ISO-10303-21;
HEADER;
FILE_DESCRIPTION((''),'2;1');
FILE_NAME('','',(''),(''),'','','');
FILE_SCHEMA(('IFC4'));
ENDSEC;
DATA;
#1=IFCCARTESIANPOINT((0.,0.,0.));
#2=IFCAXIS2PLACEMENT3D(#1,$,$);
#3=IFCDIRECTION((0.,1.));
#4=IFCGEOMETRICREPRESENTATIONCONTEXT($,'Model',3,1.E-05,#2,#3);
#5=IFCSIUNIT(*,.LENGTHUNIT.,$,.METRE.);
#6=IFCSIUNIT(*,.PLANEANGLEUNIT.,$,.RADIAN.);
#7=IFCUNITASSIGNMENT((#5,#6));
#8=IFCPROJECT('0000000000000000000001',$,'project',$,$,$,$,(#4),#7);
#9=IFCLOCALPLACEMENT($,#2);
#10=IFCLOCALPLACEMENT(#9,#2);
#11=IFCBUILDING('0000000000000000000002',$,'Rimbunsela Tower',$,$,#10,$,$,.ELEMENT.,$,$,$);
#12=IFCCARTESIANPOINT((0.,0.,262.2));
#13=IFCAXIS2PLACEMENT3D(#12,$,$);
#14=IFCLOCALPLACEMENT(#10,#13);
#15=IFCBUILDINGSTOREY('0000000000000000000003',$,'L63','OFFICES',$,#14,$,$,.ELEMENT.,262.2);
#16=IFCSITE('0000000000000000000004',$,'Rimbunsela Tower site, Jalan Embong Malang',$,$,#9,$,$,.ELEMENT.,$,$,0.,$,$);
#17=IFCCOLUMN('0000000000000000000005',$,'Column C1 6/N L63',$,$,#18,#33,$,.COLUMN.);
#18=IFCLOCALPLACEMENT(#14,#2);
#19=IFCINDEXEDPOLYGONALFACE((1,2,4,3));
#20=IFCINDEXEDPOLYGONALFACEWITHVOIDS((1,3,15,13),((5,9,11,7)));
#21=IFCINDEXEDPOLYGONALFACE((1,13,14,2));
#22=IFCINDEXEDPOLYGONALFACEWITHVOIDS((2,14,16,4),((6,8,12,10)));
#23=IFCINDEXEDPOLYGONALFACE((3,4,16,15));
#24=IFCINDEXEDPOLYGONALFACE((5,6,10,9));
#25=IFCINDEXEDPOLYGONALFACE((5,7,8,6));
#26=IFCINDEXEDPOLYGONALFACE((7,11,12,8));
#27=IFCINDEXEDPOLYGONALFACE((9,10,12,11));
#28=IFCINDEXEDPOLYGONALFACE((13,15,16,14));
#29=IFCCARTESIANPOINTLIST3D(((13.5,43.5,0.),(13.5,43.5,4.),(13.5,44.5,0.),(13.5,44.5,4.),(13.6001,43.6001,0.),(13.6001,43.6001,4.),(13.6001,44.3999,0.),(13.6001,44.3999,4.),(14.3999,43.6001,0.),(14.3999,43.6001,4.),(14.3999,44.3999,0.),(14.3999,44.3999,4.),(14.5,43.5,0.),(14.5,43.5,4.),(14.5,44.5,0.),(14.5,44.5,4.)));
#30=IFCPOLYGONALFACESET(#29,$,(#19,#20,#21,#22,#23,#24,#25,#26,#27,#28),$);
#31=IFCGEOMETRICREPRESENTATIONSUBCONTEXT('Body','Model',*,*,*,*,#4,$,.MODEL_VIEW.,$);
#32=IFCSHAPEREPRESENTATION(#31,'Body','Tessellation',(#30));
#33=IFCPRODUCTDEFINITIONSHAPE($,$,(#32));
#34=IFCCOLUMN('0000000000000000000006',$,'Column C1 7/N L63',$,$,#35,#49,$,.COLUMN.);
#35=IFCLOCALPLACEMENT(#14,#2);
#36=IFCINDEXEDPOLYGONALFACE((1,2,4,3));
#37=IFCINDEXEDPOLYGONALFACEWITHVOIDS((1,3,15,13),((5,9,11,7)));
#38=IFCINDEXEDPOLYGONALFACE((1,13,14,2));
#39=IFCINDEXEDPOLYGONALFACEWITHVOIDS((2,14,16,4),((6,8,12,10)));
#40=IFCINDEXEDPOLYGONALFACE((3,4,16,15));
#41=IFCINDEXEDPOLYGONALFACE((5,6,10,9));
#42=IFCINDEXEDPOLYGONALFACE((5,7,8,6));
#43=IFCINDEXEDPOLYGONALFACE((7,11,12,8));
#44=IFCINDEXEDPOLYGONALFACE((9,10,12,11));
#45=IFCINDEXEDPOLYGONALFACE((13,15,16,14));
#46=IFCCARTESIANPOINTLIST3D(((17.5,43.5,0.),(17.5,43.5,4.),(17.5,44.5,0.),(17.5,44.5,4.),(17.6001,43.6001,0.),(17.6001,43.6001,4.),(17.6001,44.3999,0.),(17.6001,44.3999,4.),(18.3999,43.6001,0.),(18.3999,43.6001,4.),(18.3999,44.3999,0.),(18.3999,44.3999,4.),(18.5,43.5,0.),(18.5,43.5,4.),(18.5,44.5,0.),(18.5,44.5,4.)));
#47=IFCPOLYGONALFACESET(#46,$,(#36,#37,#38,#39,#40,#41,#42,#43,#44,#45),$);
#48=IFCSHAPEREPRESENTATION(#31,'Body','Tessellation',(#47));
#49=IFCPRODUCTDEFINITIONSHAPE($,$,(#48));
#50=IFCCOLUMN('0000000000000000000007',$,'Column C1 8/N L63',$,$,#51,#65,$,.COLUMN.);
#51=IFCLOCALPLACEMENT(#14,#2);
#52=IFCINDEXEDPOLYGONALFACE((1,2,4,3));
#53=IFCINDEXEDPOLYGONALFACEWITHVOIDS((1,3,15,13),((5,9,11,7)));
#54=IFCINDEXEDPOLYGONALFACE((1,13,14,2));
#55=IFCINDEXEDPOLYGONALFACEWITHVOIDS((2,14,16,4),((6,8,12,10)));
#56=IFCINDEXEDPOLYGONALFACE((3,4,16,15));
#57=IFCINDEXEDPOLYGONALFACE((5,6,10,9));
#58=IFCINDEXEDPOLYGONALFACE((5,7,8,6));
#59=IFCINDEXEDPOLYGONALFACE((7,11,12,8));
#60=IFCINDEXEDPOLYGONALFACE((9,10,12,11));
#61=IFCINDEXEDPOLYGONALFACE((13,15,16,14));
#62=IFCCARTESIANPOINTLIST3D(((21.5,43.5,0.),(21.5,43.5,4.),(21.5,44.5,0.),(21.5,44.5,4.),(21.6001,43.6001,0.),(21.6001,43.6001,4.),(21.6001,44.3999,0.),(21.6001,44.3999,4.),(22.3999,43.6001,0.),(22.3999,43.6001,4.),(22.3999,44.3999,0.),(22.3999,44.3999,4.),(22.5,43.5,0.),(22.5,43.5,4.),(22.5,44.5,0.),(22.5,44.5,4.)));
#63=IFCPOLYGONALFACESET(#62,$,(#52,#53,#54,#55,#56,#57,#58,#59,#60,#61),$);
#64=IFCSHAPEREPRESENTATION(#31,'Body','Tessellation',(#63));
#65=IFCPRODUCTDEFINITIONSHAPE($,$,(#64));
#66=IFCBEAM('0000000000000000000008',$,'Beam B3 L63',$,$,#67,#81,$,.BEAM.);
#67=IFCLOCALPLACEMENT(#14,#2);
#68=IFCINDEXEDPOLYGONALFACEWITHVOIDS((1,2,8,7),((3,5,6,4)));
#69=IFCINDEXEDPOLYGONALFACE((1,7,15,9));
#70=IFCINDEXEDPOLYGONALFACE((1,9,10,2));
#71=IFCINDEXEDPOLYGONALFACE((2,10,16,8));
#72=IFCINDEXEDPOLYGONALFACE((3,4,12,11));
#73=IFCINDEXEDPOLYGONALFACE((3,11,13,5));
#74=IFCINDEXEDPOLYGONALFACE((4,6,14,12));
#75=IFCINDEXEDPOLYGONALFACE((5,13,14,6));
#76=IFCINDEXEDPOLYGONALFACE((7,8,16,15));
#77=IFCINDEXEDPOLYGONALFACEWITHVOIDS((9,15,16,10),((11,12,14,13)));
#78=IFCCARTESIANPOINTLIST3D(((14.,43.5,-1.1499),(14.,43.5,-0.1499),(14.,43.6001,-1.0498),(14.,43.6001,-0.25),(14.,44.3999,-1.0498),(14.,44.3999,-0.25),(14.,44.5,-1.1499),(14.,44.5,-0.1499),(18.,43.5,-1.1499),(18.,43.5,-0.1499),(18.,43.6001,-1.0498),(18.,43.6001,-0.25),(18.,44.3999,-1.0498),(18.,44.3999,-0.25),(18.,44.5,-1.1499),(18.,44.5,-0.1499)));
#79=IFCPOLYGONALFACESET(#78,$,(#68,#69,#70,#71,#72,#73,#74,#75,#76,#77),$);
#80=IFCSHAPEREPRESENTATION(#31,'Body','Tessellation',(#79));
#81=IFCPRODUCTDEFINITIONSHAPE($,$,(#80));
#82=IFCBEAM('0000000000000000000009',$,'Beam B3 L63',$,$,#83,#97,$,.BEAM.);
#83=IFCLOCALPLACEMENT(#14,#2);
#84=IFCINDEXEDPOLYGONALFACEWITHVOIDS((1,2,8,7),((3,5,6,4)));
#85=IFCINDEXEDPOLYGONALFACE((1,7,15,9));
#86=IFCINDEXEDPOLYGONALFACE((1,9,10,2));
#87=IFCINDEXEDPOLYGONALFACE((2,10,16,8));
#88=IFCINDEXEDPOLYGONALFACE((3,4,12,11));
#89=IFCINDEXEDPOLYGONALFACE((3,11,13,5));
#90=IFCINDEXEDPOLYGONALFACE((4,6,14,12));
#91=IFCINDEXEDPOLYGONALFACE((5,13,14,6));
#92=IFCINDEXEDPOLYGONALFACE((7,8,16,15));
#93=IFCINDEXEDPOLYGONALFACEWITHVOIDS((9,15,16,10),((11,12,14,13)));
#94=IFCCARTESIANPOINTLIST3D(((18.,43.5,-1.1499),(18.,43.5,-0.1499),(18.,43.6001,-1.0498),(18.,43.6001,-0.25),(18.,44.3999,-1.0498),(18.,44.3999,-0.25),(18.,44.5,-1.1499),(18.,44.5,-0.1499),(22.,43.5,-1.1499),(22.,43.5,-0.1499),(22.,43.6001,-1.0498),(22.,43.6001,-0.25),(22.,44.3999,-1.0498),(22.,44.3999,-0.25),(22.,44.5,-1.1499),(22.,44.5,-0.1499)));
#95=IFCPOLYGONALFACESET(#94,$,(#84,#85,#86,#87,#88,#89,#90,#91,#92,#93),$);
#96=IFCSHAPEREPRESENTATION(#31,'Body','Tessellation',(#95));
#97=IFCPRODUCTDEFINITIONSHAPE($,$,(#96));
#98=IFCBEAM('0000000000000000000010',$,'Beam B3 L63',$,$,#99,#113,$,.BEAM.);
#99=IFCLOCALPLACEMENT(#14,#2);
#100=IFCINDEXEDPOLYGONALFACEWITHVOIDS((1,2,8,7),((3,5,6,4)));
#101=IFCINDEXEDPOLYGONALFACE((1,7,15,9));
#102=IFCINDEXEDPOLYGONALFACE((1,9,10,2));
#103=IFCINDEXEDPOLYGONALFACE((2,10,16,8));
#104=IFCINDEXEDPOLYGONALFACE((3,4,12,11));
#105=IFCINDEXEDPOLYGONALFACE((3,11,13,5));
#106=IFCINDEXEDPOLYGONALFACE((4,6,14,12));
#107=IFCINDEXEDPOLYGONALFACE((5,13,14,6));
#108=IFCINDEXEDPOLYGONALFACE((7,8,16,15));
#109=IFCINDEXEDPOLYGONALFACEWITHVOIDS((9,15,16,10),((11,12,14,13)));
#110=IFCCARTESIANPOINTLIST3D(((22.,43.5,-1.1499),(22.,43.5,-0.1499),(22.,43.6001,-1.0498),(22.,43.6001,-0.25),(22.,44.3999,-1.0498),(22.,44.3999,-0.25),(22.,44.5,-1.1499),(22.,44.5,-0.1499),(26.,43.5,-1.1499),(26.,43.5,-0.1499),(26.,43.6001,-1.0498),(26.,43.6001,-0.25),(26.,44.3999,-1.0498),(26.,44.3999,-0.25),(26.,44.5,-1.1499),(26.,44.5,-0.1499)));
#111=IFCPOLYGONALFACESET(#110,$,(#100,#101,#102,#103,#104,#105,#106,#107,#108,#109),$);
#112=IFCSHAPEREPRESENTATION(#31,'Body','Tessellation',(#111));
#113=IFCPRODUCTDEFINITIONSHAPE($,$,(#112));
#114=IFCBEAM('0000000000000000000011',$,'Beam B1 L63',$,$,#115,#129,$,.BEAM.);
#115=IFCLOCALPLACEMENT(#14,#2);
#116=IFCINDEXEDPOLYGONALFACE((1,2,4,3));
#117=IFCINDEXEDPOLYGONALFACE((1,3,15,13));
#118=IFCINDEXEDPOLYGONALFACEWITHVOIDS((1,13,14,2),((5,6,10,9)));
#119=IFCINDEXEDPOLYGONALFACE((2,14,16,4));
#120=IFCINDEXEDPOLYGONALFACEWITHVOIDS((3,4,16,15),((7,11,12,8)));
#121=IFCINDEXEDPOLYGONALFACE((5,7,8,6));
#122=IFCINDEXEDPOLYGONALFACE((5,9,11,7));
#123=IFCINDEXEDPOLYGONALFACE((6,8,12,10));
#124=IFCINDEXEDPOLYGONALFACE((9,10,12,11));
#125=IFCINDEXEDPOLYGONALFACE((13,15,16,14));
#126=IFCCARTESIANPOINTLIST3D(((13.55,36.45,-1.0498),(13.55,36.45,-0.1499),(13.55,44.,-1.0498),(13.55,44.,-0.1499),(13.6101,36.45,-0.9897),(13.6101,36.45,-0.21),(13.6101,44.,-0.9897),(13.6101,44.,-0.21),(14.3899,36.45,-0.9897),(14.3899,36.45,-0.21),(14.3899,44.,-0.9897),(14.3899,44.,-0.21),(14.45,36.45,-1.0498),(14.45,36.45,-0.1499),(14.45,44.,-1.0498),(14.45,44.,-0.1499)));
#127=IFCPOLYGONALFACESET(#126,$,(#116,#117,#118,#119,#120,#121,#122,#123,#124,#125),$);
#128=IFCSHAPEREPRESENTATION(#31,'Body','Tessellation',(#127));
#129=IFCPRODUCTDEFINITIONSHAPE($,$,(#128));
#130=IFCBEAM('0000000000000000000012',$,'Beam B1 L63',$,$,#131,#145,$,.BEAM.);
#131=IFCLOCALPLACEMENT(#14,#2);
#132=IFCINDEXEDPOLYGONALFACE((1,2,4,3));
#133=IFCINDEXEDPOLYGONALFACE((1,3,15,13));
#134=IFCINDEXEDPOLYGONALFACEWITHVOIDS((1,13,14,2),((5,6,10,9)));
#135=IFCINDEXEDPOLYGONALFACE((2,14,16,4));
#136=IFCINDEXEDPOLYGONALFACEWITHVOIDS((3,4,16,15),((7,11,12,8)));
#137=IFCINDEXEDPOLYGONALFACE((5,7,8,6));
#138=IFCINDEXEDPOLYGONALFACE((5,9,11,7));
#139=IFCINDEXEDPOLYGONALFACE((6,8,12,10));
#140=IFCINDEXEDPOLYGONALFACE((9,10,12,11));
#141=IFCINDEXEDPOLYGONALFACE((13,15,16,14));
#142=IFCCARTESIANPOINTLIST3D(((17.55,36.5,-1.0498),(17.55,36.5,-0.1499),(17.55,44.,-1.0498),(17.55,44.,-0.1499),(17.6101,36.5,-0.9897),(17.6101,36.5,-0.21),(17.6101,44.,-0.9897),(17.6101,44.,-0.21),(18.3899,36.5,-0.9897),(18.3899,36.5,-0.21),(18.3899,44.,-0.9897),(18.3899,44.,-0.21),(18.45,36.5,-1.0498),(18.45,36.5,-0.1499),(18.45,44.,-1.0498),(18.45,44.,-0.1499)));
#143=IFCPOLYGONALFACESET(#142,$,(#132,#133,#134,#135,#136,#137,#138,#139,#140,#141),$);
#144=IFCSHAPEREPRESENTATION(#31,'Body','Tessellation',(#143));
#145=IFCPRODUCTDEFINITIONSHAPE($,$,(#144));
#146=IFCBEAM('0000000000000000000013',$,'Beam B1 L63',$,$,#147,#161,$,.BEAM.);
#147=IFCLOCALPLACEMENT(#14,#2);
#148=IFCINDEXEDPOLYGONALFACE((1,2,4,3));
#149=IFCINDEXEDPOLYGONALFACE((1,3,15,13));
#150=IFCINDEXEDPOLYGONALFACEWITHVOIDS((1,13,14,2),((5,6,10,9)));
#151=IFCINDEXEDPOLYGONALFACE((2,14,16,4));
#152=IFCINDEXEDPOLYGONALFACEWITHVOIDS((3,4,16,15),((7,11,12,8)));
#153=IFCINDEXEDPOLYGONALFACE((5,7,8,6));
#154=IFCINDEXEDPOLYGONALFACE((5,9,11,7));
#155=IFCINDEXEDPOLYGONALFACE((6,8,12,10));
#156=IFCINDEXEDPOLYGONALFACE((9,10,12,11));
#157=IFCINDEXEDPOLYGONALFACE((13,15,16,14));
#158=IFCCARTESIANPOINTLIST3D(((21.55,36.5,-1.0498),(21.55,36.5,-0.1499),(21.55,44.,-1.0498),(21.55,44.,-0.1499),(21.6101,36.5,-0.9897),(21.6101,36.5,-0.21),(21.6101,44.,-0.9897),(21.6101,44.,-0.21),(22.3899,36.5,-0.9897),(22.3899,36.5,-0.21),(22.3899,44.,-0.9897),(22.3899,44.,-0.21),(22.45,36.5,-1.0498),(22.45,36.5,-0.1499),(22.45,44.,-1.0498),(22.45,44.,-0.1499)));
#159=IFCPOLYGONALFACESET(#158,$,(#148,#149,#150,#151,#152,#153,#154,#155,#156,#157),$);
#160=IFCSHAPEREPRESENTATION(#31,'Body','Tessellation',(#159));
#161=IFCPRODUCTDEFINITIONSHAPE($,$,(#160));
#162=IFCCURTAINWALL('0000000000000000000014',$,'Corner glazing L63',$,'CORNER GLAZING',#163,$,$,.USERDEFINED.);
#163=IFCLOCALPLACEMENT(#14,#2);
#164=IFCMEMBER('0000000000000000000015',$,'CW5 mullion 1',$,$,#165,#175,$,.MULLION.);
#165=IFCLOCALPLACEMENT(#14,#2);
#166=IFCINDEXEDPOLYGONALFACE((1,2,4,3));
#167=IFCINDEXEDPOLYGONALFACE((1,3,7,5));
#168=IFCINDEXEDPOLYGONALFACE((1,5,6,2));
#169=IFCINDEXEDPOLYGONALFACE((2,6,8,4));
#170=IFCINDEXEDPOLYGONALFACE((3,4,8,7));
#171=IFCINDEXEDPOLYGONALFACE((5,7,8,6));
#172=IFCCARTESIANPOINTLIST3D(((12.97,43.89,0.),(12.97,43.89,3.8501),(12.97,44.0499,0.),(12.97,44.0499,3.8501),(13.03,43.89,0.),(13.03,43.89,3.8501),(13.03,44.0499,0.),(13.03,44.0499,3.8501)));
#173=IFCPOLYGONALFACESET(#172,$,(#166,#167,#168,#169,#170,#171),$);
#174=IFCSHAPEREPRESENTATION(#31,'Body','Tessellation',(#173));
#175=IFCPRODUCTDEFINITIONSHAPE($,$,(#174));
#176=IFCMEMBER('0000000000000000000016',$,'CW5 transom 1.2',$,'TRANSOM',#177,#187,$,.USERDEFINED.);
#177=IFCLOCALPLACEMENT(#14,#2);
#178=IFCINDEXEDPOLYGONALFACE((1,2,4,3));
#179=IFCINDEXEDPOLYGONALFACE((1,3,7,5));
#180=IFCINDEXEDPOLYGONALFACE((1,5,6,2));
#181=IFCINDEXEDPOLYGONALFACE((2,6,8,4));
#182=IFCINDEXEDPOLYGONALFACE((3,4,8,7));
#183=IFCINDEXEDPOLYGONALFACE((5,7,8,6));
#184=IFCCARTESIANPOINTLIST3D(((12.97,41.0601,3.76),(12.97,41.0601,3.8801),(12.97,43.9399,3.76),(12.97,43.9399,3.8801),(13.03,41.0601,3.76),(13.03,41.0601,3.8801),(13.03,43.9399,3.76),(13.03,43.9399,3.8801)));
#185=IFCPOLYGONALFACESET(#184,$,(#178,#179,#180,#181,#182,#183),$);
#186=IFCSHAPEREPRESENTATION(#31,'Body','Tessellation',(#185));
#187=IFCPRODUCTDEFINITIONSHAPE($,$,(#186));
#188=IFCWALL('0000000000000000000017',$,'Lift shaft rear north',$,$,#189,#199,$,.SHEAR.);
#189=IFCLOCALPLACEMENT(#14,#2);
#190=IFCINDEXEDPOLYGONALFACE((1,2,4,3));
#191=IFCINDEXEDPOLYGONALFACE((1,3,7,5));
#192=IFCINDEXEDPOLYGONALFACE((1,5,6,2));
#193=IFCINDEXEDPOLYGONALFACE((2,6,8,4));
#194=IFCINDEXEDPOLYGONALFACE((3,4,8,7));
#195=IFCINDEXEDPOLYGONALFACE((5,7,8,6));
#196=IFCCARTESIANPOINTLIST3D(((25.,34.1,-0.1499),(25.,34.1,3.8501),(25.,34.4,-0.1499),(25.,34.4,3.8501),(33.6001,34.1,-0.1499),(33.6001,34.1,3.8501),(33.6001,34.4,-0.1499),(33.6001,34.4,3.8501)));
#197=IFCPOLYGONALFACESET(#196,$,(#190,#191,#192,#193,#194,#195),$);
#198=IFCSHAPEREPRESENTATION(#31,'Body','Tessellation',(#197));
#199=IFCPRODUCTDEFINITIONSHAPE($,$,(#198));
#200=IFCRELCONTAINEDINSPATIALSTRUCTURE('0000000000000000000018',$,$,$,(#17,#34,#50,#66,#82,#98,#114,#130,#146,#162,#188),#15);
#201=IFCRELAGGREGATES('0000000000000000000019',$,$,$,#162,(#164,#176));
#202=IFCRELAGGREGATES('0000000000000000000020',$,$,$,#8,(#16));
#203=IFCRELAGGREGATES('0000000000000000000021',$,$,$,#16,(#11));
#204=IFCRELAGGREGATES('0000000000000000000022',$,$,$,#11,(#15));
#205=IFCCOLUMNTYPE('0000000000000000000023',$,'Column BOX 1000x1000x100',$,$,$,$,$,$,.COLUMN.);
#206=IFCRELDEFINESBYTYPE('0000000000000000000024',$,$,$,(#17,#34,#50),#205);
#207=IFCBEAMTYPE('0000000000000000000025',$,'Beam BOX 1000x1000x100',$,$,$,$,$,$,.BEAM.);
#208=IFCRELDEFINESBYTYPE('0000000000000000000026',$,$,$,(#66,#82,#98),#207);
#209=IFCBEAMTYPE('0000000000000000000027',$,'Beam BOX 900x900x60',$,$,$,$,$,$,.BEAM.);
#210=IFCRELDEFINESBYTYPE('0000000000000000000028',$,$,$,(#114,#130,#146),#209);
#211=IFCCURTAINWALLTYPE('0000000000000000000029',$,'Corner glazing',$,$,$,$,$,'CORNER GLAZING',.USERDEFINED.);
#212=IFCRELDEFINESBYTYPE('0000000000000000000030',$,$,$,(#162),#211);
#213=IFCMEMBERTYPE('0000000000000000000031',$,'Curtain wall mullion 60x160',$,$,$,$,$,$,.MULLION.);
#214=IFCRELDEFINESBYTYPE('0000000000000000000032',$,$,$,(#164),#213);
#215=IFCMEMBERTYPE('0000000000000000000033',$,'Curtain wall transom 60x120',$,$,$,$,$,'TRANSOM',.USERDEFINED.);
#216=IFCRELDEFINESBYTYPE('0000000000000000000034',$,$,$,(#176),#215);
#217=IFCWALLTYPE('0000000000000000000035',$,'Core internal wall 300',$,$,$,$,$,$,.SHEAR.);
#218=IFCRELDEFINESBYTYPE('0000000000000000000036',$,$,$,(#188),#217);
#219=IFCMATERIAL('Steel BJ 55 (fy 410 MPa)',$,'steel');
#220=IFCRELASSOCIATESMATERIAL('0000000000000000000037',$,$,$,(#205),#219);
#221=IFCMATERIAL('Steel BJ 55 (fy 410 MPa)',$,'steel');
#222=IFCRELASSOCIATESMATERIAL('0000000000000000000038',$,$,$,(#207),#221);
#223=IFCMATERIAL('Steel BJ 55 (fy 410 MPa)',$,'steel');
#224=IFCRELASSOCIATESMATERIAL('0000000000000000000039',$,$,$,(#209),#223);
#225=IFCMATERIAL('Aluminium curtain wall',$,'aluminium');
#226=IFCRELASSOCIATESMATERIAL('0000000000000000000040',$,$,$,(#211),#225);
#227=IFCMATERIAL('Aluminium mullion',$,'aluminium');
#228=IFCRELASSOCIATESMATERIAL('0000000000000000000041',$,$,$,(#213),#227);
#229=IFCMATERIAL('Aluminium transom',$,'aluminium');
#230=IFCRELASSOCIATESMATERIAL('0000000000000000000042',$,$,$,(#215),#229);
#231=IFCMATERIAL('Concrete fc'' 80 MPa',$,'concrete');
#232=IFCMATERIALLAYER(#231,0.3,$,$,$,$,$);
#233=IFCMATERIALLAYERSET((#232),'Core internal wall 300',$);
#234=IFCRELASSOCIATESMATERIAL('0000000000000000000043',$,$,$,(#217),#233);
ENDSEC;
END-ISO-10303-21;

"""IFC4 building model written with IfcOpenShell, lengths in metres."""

from ifc_helpers import new_model, si_unit, direction, frame, frame_2d, origin, origin_2d, place, context, subcontext, project, spatial, rectangle, hollow_rectangle, extrude, material, layer, layer_set, material_profile, profile_set, type_object, element, aggregate, save


model = new_model("IFC4")

# Units and contexts
model_context = context("Model", 3, precision=1e-05, world=origin(), true_north=direction((0.0, 1.0)))
body_context = subcontext(model_context, "Body", "Model", "MODEL_VIEW")
ifc_project = project(units=[si_unit("LENGTHUNIT", "METRE"), si_unit("PLANEANGLEUNIT", "RADIAN")], contexts=[model_context])

# Site, building, storey
site_placement = place(None, origin())
site = spatial("IfcSite", under=ifc_project, at=site_placement, Name="Rimbunsela Tower site, Jalan Embong Malang", CompositionType="ELEMENT", RefElevation=0.0)
building_placement = place(site_placement, origin())
building = spatial("IfcBuilding", under=site, at=building_placement, Name="Rimbunsela Tower", CompositionType="ELEMENT")
storey_placement = place(building_placement, frame((0.0, 0.0, 262.2)))
storey = spatial("IfcBuildingStorey", under=building, at=storey_placement, Name="L63", Description="OFFICES", CompositionType="ELEMENT", Elevation=262.2)

# Columns
ifc_material_1 = material(Name="Steel BJ 55 (fy 410 MPa)", Category="steel")
ifc_material_profile_1 = material_profile(ifc_material_1, hollow_rectangle(XDim=1.0, YDim=1.0, WallThickness=0.1001, at=origin_2d()), Name="BOX 1000x1000x100")
ifc_profile_set_1 = profile_set([ifc_material_profile_1], Name="Steel BJ 55 (fy 410 MPa)")
column_type = type_object("IfcColumnType", Name="Column BOX 1000x1000x100", PredefinedType="COLUMN", material=ifc_profile_set_1)
for number, where, z_axis, x_axis, name in (
    (1, (14.0, 44.0, 0.0), (0.0, 0.0, 1.0), (1.0, 0.0, 0.0), "Column C1 6/N L63"),
    (2, (18.0, 44.0, 0.0), (0.0, 0.0, 1.0), (1.0, 0.0, 0.0), "Column C1 7/N L63"),
    (3, (22.0, 44.0, 0.0), (0.0, 0.0, 1.0), (1.0, 0.0, 0.0), "Column C1 8/N L63"),
):
    element("IfcColumn", number, at=place(storey_placement, frame(where, z_axis=z_axis, x_axis=x_axis)), inside=storey, type_object=column_type, Name=name, PredefinedType="COLUMN", context=body_context, shape_type="SweptSolid", body=[
        extrude(hollow_rectangle(XDim=1.0, YDim=1.0, WallThickness=0.1001, at=origin_2d()), origin(), (0.0, 0.0, 1.0), 4.0),
    ])

# Beams
ifc_material_2 = material(Name="Steel BJ 55 (fy 410 MPa)", Category="steel")
ifc_material_profile_2 = material_profile(ifc_material_2, hollow_rectangle(XDim=1.0, YDim=1.0, WallThickness=0.1001, at=origin_2d()), Name="BOX 1000x1000x100")
ifc_profile_set_2 = profile_set([ifc_material_profile_2], Name="Steel BJ 55 (fy 410 MPa)")
beam_type_1 = type_object("IfcBeamType", Name="Beam BOX 1000x1000x100", PredefinedType="BEAM", material=ifc_profile_set_2)
for number, where, z_axis, x_axis, name in (
    (4, (14.0, 44.0, -0.6499), (1.0, 0.0, 0.0), (0.0, 1.0, 0.0), "Beam B3 L63"),
    (5, (18.0, 44.0, -0.6499), (1.0, 0.0, 0.0), (0.0, 1.0, 0.0), "Beam B3 L63"),
    (6, (22.0, 44.0, -0.6499), (1.0, 0.0, 0.0), (0.0, 1.0, 0.0), "Beam B3 L63"),
):
    element("IfcBeam", number, at=place(storey_placement, frame(where, z_axis=z_axis, x_axis=x_axis)), inside=storey, type_object=beam_type_1, Name=name, PredefinedType="BEAM", context=body_context, shape_type="SweptSolid", body=[
        extrude(hollow_rectangle(XDim=1.0, YDim=1.0, WallThickness=0.1001, at=origin_2d()), origin(), (0.0, 0.0, 1.0), 4.0),
    ])
ifc_material_3 = material(Name="Steel BJ 55 (fy 410 MPa)", Category="steel")
ifc_material_profile_3 = material_profile(ifc_material_3, hollow_rectangle(XDim=0.8999, YDim=0.8999, WallThickness=0.0601, at=origin_2d()), Name="BOX 900x900x60")
ifc_profile_set_3 = profile_set([ifc_material_profile_3], Name="Steel BJ 55 (fy 410 MPa)")
beam_type_2 = type_object("IfcBeamType", Name="Beam BOX 900x900x60", PredefinedType="BEAM", material=ifc_profile_set_3)
beam_placement = place(storey_placement, frame((14.0, 36.45, -0.5999), z_axis=(0.0, 1.0, 0.0), x_axis=(-1.0, 0.0, 0.0)))
element("IfcBeam", 7, at=beam_placement, inside=storey, type_object=beam_type_2, Name="Beam B1 L63", PredefinedType="BEAM", context=body_context, shape_type="SweptSolid", body=[
    extrude(hollow_rectangle(XDim=0.8999, YDim=0.8999, WallThickness=0.0601, at=origin_2d()), origin(), (0.0, 0.0, 1.0), 7.55),
])
for number, where, z_axis, x_axis, name in (
    (8, (18.0, 36.5, -0.5999), (0.0, 1.0, 0.0), (-1.0, 0.0, 0.0), "Beam B1 L63"),
    (9, (22.0, 36.5, -0.5999), (0.0, 1.0, 0.0), (-1.0, 0.0, 0.0), "Beam B1 L63"),
):
    element("IfcBeam", number, at=place(storey_placement, frame(where, z_axis=z_axis, x_axis=x_axis)), inside=storey, type_object=beam_type_2, Name=name, PredefinedType="BEAM", context=body_context, shape_type="SweptSolid", body=[
        extrude(hollow_rectangle(XDim=0.8999, YDim=0.8999, WallThickness=0.0601, at=origin_2d()), origin(), (0.0, 0.0, 1.0), 7.5),
    ])

# Curtain wall, members
ifc_material_4 = material(Name="Aluminium curtain wall", Category="aluminium")
curtain_wall_type = type_object("IfcCurtainWallType", Name="Corner glazing", ElementType="CORNER GLAZING", PredefinedType="USERDEFINED", material=ifc_material_4)
curtain_wall_placement = place(storey_placement, origin())
curtain_wall = element("IfcCurtainWall", 10, at=curtain_wall_placement, inside=storey, type_object=curtain_wall_type, Name="Corner glazing L63", ObjectType="CORNER GLAZING", PredefinedType="USERDEFINED")
ifc_material_5 = material(Name="Aluminium mullion", Category="aluminium")
ifc_material_profile_4 = material_profile(ifc_material_5, rectangle(XDim=0.0601, YDim=0.1599, at=origin_2d()), Name="Mullion 60x160")
ifc_profile_set_4 = profile_set([ifc_material_profile_4], Name="Aluminium mullion")
member_type_1 = type_object("IfcMemberType", Name="Curtain wall mullion 60x160", PredefinedType="MULLION", material=ifc_profile_set_4)
member_1_placement = place(storey_placement, frame((13.0, 43.97, 0.0), z_axis=(0.0, 0.0, 1.0), x_axis=(1.0, 0.0, 0.0)))
member_1 = element("IfcMember", 11, at=member_1_placement, type_object=member_type_1, Name="CW5 mullion 1", PredefinedType="MULLION", context=body_context, shape_type="SweptSolid", body=[
    extrude(rectangle(XDim=0.0601, YDim=0.1599, at=origin_2d()), origin(), (0.0, 0.0, 1.0), 3.8501),
])
ifc_material_6 = material(Name="Aluminium transom", Category="aluminium")
ifc_material_profile_5 = material_profile(ifc_material_6, rectangle(XDim=0.0601, YDim=0.1201, at=origin_2d()), Name="Transom 60x120")
ifc_profile_set_5 = profile_set([ifc_material_profile_5], Name="Aluminium transom")
member_type_2 = type_object("IfcMemberType", Name="Curtain wall transom 60x120", ElementType="TRANSOM", PredefinedType="USERDEFINED", material=ifc_profile_set_5)
member_2_placement = place(storey_placement, frame((13.0, 43.9399, 3.8201), z_axis=(0.0, -1.0, 0.0), x_axis=(1.0, 0.0, 0.0)))
member_2 = element("IfcMember", 12, at=member_2_placement, type_object=member_type_2, Name="CW5 transom 1.2", ObjectType="TRANSOM", PredefinedType="USERDEFINED", context=body_context, shape_type="SweptSolid", body=[
    extrude(rectangle(XDim=0.0601, YDim=0.1201, at=origin_2d()), origin(), (0.0, 0.0, 1.0), 2.8799),
])
aggregate(curtain_wall, [member_1, member_2])

# Wall
ifc_material_7 = material(Name="Concrete fc' 80 MPa", Category="concrete")
ifc_layer_1 = layer(ifc_material_7, 0.3)
ifc_layer_set_1 = layer_set([ifc_layer_1], Name="Core internal wall 300")
wall_type_1 = type_object("IfcWallType", Name="Core internal wall 300", PredefinedType="SHEAR", material=ifc_layer_set_1)
wall_1_placement = place(storey_placement, frame((25.0, 34.25, -0.1499), z_axis=(0.0, 0.0, 1.0), x_axis=(1.0, 0.0, 0.0)))
element("IfcWall", 13, at=wall_1_placement, inside=storey, type_object=wall_type_1, Name="Lift shaft rear north", PredefinedType="SHEAR", context=body_context, shape_type="SweptSolid", body=[
    extrude(rectangle(XDim=8.6001, YDim=0.3, at=frame_2d((4.3, 0.0))), origin(), (0.0, 0.0, 1.0), 4.0),
])

save(model, "model.ifc")
